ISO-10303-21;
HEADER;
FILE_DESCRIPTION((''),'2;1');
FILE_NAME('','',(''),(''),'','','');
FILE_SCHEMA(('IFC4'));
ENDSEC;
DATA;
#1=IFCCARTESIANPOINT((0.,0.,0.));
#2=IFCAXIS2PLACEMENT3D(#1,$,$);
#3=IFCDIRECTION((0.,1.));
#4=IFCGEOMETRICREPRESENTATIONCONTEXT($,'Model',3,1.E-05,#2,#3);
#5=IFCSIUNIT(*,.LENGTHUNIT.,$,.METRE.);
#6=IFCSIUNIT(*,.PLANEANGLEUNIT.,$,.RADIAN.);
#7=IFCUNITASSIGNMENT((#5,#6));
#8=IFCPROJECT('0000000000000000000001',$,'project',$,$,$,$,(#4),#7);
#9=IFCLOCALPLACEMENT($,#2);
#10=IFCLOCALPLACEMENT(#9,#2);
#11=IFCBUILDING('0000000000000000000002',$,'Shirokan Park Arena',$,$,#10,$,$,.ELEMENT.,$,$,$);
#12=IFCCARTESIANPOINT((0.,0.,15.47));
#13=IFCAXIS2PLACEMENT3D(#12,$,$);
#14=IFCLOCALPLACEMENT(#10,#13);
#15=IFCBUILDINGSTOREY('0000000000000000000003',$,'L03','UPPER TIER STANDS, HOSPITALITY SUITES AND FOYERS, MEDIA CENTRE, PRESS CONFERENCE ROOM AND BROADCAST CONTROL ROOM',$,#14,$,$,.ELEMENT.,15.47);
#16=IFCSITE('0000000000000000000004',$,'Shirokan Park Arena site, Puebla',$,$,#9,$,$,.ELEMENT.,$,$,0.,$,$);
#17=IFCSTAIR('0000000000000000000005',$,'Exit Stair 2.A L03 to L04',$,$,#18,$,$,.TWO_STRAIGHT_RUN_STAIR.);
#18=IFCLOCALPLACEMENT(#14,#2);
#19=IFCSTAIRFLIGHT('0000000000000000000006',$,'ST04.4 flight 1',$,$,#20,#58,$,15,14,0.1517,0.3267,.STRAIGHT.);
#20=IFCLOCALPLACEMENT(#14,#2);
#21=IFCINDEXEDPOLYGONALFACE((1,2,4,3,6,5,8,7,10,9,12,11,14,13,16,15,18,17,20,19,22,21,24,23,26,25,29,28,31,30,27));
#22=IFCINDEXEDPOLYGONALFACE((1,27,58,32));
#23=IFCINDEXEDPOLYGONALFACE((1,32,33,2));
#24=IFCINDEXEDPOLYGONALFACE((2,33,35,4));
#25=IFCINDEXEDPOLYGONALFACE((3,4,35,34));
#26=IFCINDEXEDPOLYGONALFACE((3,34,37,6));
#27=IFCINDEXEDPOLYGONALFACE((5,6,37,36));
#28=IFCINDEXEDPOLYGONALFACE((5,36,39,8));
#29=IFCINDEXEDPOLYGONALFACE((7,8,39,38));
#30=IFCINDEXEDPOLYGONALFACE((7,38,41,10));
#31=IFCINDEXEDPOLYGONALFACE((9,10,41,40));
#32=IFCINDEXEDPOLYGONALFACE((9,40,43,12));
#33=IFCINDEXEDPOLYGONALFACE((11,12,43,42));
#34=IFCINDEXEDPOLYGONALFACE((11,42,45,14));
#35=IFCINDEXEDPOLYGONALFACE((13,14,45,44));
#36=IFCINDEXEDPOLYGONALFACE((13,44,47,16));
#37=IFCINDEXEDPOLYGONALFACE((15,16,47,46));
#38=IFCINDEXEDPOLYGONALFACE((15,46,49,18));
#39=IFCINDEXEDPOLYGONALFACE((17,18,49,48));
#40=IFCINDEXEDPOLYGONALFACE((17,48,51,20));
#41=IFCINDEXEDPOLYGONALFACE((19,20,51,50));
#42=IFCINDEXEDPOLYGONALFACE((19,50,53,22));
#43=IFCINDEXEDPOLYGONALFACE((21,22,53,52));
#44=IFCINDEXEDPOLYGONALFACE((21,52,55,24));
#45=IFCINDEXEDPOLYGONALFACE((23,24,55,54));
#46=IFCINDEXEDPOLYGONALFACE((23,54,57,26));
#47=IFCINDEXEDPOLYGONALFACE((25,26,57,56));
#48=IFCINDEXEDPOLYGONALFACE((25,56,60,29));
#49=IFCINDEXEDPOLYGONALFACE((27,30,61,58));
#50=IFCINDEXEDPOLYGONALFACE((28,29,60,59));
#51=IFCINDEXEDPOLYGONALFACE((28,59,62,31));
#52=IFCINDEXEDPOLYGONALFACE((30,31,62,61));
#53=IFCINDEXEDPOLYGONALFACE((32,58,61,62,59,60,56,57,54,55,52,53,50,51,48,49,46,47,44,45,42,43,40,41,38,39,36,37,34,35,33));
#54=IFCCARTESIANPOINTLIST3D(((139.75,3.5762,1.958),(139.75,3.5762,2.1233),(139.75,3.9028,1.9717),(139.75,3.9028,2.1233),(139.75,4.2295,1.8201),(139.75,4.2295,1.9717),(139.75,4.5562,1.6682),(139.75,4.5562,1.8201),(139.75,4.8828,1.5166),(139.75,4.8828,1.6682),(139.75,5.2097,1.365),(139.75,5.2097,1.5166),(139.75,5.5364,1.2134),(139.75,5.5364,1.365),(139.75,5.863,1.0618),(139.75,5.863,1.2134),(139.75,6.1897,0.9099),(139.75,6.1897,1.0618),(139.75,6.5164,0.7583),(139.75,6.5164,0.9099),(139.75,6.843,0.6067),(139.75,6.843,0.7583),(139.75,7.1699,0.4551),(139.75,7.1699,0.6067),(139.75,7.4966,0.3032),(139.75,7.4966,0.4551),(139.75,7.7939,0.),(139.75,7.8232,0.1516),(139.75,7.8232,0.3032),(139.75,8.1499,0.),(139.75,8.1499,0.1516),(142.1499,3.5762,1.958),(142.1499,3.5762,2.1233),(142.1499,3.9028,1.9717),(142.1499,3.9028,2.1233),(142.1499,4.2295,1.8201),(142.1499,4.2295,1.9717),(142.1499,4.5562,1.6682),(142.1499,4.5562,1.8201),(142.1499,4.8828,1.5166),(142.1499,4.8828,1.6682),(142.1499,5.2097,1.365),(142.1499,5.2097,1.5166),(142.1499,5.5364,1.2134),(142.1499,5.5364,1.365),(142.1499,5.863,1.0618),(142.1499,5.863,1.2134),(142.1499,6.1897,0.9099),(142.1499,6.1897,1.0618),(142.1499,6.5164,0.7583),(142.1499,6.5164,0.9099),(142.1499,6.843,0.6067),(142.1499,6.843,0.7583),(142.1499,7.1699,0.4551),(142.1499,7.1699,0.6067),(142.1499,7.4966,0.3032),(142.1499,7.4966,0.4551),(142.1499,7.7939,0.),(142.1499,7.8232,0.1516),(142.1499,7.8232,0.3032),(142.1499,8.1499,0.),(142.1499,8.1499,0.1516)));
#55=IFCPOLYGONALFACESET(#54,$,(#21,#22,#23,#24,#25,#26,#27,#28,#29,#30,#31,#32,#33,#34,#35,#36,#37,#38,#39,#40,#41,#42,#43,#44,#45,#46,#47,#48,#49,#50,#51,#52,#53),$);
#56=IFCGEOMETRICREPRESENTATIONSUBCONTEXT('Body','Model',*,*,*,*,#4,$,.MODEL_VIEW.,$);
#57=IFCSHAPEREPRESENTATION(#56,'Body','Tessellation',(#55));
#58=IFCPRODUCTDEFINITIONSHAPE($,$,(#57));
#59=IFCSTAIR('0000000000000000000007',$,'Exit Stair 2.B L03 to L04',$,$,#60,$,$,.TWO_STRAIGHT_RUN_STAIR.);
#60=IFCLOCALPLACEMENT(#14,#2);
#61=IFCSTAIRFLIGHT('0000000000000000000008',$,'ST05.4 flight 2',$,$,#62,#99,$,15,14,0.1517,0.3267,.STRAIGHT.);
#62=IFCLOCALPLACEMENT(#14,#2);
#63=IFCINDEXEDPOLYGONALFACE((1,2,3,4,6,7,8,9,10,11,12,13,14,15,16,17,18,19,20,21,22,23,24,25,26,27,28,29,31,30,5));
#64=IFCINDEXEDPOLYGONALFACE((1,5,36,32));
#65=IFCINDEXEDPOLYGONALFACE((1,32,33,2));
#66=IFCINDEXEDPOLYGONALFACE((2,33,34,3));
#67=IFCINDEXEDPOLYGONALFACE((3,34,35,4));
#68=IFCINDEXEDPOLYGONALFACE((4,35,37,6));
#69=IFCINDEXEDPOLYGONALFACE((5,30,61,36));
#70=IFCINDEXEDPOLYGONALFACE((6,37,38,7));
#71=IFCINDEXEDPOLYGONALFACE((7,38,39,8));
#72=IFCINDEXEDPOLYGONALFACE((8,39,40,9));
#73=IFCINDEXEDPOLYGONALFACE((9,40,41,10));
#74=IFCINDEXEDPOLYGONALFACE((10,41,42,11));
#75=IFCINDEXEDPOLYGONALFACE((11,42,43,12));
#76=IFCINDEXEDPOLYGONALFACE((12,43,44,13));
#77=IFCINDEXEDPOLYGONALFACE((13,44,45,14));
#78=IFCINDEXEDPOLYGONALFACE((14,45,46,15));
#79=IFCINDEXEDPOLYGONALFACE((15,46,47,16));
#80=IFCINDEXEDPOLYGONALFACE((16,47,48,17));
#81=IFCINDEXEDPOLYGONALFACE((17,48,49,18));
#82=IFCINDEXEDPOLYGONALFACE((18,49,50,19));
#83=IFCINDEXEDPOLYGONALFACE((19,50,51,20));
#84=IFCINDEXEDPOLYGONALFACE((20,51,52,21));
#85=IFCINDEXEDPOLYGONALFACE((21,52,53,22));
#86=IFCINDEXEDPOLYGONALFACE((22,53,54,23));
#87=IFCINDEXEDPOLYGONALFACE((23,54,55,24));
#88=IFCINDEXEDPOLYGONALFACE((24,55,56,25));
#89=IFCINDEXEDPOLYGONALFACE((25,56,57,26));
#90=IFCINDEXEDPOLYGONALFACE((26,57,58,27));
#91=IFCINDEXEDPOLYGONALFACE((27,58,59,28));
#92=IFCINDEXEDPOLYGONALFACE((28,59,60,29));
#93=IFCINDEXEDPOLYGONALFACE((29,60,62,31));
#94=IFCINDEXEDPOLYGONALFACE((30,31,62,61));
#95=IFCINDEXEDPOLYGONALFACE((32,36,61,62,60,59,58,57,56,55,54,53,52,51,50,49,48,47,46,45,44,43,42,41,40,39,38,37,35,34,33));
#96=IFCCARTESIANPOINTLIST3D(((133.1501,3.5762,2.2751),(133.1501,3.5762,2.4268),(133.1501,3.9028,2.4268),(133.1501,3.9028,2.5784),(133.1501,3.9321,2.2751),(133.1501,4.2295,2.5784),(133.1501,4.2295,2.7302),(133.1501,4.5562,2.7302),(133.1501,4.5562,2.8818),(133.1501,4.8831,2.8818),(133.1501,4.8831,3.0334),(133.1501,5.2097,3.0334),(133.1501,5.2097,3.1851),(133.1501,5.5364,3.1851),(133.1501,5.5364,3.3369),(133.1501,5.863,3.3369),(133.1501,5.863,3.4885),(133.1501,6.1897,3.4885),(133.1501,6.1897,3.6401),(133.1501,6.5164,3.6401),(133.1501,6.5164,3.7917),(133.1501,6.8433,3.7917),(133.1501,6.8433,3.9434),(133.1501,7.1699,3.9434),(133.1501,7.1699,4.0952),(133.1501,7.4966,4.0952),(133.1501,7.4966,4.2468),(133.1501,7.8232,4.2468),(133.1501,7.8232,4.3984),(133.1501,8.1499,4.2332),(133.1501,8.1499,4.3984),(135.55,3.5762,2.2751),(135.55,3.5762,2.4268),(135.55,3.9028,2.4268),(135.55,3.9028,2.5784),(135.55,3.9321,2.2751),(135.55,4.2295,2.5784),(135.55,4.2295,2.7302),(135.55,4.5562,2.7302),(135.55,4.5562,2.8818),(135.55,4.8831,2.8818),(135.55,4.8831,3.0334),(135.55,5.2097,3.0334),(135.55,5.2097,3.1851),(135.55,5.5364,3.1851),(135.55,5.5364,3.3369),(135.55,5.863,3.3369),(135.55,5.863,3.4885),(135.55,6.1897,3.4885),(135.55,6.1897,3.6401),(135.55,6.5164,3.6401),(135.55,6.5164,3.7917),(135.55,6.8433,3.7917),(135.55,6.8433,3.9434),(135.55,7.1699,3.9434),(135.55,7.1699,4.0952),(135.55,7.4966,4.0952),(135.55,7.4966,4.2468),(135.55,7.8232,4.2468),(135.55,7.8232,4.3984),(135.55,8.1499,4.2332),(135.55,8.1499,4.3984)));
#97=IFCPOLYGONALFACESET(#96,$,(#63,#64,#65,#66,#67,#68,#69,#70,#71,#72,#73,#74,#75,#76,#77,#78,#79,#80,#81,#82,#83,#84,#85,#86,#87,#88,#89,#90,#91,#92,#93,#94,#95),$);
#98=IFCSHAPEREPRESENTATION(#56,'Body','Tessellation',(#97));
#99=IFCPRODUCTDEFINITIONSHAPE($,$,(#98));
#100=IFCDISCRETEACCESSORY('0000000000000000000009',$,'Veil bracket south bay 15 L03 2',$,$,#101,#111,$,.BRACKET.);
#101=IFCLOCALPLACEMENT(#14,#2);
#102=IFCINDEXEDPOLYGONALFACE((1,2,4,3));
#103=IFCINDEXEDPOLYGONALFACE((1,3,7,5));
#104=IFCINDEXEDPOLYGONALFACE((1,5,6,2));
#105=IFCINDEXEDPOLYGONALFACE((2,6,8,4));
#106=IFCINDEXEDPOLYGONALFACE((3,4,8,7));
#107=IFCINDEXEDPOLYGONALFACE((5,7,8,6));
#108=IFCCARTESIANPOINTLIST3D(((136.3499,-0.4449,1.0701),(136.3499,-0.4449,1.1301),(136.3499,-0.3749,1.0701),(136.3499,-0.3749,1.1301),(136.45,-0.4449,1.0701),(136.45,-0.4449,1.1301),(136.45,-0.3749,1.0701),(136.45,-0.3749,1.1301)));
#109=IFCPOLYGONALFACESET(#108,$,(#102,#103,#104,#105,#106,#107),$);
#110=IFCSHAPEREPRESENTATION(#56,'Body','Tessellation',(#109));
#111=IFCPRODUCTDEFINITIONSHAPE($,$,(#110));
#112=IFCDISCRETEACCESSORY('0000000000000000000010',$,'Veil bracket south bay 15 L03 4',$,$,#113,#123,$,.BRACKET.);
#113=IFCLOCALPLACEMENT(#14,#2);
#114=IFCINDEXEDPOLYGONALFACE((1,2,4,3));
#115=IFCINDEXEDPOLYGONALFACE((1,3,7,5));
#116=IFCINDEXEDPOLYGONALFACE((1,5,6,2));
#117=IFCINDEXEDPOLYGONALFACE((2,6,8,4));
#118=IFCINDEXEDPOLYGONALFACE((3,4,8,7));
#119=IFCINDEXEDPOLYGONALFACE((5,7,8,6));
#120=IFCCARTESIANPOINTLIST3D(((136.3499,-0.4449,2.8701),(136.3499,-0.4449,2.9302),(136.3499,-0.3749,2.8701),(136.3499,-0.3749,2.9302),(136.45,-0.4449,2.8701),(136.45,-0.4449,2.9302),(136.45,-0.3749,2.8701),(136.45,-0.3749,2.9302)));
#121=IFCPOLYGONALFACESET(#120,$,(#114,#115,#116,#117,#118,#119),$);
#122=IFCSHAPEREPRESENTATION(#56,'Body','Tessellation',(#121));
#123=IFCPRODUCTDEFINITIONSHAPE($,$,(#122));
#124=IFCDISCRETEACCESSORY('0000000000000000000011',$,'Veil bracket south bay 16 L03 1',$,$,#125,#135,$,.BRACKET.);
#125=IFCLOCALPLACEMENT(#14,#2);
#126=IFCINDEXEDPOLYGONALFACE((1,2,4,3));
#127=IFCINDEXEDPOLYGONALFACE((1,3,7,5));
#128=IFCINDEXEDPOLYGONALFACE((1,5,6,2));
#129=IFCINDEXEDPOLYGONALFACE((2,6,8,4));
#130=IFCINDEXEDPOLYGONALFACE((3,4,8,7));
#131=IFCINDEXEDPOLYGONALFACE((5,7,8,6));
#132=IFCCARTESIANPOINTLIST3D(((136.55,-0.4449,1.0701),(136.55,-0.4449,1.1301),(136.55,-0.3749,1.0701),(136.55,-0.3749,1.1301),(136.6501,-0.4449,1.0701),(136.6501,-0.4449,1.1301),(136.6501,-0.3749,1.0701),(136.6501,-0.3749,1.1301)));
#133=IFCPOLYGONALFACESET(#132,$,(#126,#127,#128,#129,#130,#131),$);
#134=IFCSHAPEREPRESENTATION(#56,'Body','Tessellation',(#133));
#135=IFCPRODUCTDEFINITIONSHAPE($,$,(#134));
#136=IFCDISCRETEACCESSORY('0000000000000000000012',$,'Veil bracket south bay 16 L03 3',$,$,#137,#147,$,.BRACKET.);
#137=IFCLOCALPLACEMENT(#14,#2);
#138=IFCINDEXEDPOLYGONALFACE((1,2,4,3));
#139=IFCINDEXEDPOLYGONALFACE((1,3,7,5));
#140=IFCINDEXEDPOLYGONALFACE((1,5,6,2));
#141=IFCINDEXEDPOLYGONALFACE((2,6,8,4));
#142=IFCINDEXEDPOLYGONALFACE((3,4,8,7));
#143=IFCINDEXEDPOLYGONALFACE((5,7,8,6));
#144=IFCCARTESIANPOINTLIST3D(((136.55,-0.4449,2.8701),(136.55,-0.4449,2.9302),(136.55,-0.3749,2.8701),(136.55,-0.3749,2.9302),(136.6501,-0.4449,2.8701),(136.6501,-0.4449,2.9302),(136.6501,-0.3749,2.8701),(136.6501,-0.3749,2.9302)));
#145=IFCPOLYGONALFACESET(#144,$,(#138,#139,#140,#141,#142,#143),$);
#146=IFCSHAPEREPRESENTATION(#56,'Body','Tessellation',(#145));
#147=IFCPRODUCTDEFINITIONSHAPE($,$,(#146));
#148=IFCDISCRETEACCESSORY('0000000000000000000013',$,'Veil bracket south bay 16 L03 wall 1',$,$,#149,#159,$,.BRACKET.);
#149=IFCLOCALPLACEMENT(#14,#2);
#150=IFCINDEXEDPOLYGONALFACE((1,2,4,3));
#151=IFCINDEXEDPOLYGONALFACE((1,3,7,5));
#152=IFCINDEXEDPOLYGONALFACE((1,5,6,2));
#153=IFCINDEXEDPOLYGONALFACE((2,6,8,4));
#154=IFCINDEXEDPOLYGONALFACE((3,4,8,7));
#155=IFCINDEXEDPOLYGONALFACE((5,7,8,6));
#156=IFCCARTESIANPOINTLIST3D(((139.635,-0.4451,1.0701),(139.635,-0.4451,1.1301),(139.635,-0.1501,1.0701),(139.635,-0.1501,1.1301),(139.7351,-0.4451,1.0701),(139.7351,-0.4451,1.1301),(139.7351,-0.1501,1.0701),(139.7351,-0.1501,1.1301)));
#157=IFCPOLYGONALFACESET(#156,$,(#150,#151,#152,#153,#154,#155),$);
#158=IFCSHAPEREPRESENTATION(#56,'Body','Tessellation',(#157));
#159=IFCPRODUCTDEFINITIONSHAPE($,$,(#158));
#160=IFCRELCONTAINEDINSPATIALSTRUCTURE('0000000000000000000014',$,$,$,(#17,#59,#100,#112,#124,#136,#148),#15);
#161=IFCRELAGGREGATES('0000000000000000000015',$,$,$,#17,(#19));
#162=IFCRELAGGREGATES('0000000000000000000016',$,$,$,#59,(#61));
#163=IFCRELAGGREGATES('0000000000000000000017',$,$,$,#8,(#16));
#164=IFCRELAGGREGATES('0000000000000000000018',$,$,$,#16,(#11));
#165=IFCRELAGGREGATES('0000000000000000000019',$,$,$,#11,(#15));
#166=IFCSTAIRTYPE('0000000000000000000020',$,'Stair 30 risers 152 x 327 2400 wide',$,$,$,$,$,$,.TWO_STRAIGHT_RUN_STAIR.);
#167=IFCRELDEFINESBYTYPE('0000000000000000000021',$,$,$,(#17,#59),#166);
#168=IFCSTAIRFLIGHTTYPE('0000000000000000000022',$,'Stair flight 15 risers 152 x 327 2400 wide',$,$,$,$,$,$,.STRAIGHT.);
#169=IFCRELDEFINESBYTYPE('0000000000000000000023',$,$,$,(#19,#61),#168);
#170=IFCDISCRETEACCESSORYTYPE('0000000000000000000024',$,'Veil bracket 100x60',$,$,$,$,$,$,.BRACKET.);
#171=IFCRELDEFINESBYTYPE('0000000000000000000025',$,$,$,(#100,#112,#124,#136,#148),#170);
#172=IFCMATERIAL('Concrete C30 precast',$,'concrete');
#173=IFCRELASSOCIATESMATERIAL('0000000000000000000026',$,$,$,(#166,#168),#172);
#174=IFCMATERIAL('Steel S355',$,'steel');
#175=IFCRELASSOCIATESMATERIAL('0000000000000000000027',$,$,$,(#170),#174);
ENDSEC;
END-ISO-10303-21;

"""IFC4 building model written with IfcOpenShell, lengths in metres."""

from ifc_helpers import new_model, si_unit, direction, frame, origin, origin_2d, place, context, subcontext, project, spatial, polyline, rectangle, outline, extrude, material, type_object, element, aggregate, save


model = new_model("IFC4")

# Units and contexts
model_context = context("Model", 3, precision=1e-05, world=origin(), true_north=direction((0.0, 1.0)))
body_context = subcontext(model_context, "Body", "Model", "MODEL_VIEW")
ifc_project = project(units=[si_unit("LENGTHUNIT", "METRE"), si_unit("PLANEANGLEUNIT", "RADIAN")], contexts=[model_context])

# Site, building, storey
site_placement = place(None, origin())
site = spatial("IfcSite", under=ifc_project, at=site_placement, Name="Shirokan Park Arena site, Puebla", CompositionType="ELEMENT", RefElevation=0.0)
building_placement = place(site_placement, origin())
building = spatial("IfcBuilding", under=site, at=building_placement, Name="Shirokan Park Arena", CompositionType="ELEMENT")
storey_placement = place(building_placement, frame((0.0, 0.0, 15.47)))
storey = spatial("IfcBuildingStorey", under=building, at=storey_placement, Name="L03", Description="UPPER TIER STANDS, HOSPITALITY SUITES AND FOYERS, MEDIA CENTRE, PRESS CONFERENCE ROOM AND BROADCAST CONTROL ROOM", CompositionType="ELEMENT", Elevation=15.47)

# Stairs, stair flights
ifc_material_1 = material(Name="Concrete C30 precast", Category="concrete")
stair_type = type_object("IfcStairType", Name="Stair 30 risers 152 x 327 2400 wide", PredefinedType="TWO_STRAIGHT_RUN_STAIR", material=ifc_material_1)
stair_1_placement = place(storey_placement, origin())
stair_1 = element("IfcStair", 1, at=stair_1_placement, inside=storey, type_object=stair_type, Name="Exit Stair 2.A L03 to L04", PredefinedType="TWO_STRAIGHT_RUN_STAIR")
stair_flight_type = type_object("IfcStairFlightType", Name="Stair flight 15 risers 152 x 327 2400 wide", PredefinedType="STRAIGHT", material=ifc_material_1)
stair_flight_1_placement = place(storey_placement, frame((140.95, 8.1499, 0.0), z_axis=(0.0, 0.0, 1.0), x_axis=(0.0, -1.0, 0.0)))
stair_flight_1 = element("IfcStairFlight", 2, at=stair_flight_1_placement, type_object=stair_flight_type, Name="ST04.4 flight 1", NumberOfRisers=15, NumberOfTreads=14, PredefinedType="STRAIGHT", RiserHeight=0.1517, TreadLength=0.3267, context=body_context, shape_type="SweptSolid", body=[
    extrude(outline(polyline([(0.0, 0.0), (0.0, 0.1516), (0.3267, 0.1516), (0.3267, 0.3032), (0.6533, 0.3032), (0.6533, 0.4551), (0.98, 0.4551), (0.98, 0.6067), (1.3069, 0.6067), (1.3069, 0.7583), (1.6335, 0.7583), (1.6335, 0.9099), (1.9602, 0.9099), (1.9602, 1.0618), (2.2869, 1.0618), (2.2869, 1.2134), (2.6135, 1.2134), (2.6135, 1.365), (2.9402, 1.365), (2.9402, 1.5166), (3.2671, 1.5166), (3.2671, 1.6682), (3.5938, 1.6682), (3.5938, 1.8201), (3.9204, 1.8201), (3.9204, 1.9717), (4.2471, 1.9717), (4.2471, 2.1233), (4.5737, 2.1233), (4.5737, 2.2749), (4.5737, 1.958), (0.356, 0.0), (0.0, 0.0)])), frame((0.0, 1.2, 0.0), z_axis=(0.0, -1.0, 0.0), x_axis=(1.0, 0.0, 0.0)), (0.0, 0.0, 1.0), 2.3999),
])
aggregate(stair_1, [stair_flight_1])
stair_2_placement = place(storey_placement, origin())
stair_2 = element("IfcStair", 3, at=stair_2_placement, inside=storey, type_object=stair_type, Name="Exit Stair 2.B L03 to L04", PredefinedType="TWO_STRAIGHT_RUN_STAIR")
stair_flight_2_placement = place(storey_placement, frame((134.3501, 3.5762, 2.2751), z_axis=(0.0, 0.0, 1.0), x_axis=(0.0, 1.0, 0.0)))
stair_flight_2 = element("IfcStairFlight", 4, at=stair_flight_2_placement, type_object=stair_flight_type, Name="ST05.4 flight 2", NumberOfRisers=15, NumberOfTreads=14, PredefinedType="STRAIGHT", RiserHeight=0.1517, TreadLength=0.3267, context=body_context, shape_type="SweptSolid", body=[
    extrude(outline(polyline([(0.0, 0.0), (0.0, 0.1516), (0.3267, 0.1516), (0.3267, 0.3032), (0.6533, 0.3032), (0.6533, 0.4551), (0.98, 0.4551), (0.98, 0.6067), (1.3069, 0.6067), (1.3069, 0.7583), (1.6335, 0.7583), (1.6335, 0.9099), (1.9602, 0.9099), (1.9602, 1.0618), (2.2869, 1.0618), (2.2869, 1.2134), (2.6135, 1.2134), (2.6135, 1.365), (2.9402, 1.365), (2.9402, 1.5166), (3.2671, 1.5166), (3.2671, 1.6682), (3.5938, 1.6682), (3.5938, 1.8201), (3.9204, 1.8201), (3.9204, 1.9717), (4.2471, 1.9717), (4.2471, 2.1233), (4.5737, 2.1233), (4.5737, 2.2749), (4.5737, 1.958), (0.356, 0.0), (0.0, 0.0)])), frame((0.0, 1.2, 0.0), z_axis=(0.0, -1.0, 0.0), x_axis=(1.0, 0.0, 0.0)), (0.0, 0.0, 1.0), 2.3999),
])
aggregate(stair_2, [stair_flight_2])

# Discrete accessories
ifc_material_2 = material(Name="Steel S355", Category="steel")
discrete_accessory_type = type_object("IfcDiscreteAccessoryType", Name="Veil bracket 100x60", PredefinedType="BRACKET", material=ifc_material_2)
for number, where, z_axis, x_axis, name in (
    (5, (136.3999, -0.4099, 1.0701), (0.0, 0.0, 1.0), (1.0, 0.0, 0.0), "Veil bracket south bay 15 L03 2"),
    (6, (136.3999, -0.4099, 2.8701), (0.0, 0.0, 1.0), (1.0, 0.0, 0.0), "Veil bracket south bay 15 L03 4"),
    (7, (136.6001, -0.4099, 1.0701), (0.0, 0.0, 1.0), (1.0, 0.0, 0.0), "Veil bracket south bay 16 L03 1"),
    (8, (136.6001, -0.4099, 2.8701), (0.0, 0.0, 1.0), (1.0, 0.0, 0.0), "Veil bracket south bay 16 L03 3"),
):
    element("IfcDiscreteAccessory", number, at=place(storey_placement, frame(where, z_axis=z_axis, x_axis=x_axis)), inside=storey, type_object=discrete_accessory_type, Name=name, PredefinedType="BRACKET", context=body_context, shape_type="SweptSolid", body=[
        extrude(rectangle(XDim=0.1001, YDim=0.0701, at=origin_2d()), origin(), (0.0, 0.0, 1.0), 0.0601),
    ])
discrete_accessory_placement = place(storey_placement, frame((139.6851, -0.2976, 1.0701), z_axis=(0.0, 0.0, 1.0), x_axis=(1.0, 0.0, 0.0)))
element("IfcDiscreteAccessory", 9, at=discrete_accessory_placement, inside=storey, type_object=discrete_accessory_type, Name="Veil bracket south bay 16 L03 wall 1", PredefinedType="BRACKET", context=body_context, shape_type="SweptSolid", body=[
    extrude(rectangle(XDim=0.1001, YDim=0.2949, at=origin_2d()), origin(), (0.0, 0.0, 1.0), 0.0601),
])

save(model, "model.ifc")
